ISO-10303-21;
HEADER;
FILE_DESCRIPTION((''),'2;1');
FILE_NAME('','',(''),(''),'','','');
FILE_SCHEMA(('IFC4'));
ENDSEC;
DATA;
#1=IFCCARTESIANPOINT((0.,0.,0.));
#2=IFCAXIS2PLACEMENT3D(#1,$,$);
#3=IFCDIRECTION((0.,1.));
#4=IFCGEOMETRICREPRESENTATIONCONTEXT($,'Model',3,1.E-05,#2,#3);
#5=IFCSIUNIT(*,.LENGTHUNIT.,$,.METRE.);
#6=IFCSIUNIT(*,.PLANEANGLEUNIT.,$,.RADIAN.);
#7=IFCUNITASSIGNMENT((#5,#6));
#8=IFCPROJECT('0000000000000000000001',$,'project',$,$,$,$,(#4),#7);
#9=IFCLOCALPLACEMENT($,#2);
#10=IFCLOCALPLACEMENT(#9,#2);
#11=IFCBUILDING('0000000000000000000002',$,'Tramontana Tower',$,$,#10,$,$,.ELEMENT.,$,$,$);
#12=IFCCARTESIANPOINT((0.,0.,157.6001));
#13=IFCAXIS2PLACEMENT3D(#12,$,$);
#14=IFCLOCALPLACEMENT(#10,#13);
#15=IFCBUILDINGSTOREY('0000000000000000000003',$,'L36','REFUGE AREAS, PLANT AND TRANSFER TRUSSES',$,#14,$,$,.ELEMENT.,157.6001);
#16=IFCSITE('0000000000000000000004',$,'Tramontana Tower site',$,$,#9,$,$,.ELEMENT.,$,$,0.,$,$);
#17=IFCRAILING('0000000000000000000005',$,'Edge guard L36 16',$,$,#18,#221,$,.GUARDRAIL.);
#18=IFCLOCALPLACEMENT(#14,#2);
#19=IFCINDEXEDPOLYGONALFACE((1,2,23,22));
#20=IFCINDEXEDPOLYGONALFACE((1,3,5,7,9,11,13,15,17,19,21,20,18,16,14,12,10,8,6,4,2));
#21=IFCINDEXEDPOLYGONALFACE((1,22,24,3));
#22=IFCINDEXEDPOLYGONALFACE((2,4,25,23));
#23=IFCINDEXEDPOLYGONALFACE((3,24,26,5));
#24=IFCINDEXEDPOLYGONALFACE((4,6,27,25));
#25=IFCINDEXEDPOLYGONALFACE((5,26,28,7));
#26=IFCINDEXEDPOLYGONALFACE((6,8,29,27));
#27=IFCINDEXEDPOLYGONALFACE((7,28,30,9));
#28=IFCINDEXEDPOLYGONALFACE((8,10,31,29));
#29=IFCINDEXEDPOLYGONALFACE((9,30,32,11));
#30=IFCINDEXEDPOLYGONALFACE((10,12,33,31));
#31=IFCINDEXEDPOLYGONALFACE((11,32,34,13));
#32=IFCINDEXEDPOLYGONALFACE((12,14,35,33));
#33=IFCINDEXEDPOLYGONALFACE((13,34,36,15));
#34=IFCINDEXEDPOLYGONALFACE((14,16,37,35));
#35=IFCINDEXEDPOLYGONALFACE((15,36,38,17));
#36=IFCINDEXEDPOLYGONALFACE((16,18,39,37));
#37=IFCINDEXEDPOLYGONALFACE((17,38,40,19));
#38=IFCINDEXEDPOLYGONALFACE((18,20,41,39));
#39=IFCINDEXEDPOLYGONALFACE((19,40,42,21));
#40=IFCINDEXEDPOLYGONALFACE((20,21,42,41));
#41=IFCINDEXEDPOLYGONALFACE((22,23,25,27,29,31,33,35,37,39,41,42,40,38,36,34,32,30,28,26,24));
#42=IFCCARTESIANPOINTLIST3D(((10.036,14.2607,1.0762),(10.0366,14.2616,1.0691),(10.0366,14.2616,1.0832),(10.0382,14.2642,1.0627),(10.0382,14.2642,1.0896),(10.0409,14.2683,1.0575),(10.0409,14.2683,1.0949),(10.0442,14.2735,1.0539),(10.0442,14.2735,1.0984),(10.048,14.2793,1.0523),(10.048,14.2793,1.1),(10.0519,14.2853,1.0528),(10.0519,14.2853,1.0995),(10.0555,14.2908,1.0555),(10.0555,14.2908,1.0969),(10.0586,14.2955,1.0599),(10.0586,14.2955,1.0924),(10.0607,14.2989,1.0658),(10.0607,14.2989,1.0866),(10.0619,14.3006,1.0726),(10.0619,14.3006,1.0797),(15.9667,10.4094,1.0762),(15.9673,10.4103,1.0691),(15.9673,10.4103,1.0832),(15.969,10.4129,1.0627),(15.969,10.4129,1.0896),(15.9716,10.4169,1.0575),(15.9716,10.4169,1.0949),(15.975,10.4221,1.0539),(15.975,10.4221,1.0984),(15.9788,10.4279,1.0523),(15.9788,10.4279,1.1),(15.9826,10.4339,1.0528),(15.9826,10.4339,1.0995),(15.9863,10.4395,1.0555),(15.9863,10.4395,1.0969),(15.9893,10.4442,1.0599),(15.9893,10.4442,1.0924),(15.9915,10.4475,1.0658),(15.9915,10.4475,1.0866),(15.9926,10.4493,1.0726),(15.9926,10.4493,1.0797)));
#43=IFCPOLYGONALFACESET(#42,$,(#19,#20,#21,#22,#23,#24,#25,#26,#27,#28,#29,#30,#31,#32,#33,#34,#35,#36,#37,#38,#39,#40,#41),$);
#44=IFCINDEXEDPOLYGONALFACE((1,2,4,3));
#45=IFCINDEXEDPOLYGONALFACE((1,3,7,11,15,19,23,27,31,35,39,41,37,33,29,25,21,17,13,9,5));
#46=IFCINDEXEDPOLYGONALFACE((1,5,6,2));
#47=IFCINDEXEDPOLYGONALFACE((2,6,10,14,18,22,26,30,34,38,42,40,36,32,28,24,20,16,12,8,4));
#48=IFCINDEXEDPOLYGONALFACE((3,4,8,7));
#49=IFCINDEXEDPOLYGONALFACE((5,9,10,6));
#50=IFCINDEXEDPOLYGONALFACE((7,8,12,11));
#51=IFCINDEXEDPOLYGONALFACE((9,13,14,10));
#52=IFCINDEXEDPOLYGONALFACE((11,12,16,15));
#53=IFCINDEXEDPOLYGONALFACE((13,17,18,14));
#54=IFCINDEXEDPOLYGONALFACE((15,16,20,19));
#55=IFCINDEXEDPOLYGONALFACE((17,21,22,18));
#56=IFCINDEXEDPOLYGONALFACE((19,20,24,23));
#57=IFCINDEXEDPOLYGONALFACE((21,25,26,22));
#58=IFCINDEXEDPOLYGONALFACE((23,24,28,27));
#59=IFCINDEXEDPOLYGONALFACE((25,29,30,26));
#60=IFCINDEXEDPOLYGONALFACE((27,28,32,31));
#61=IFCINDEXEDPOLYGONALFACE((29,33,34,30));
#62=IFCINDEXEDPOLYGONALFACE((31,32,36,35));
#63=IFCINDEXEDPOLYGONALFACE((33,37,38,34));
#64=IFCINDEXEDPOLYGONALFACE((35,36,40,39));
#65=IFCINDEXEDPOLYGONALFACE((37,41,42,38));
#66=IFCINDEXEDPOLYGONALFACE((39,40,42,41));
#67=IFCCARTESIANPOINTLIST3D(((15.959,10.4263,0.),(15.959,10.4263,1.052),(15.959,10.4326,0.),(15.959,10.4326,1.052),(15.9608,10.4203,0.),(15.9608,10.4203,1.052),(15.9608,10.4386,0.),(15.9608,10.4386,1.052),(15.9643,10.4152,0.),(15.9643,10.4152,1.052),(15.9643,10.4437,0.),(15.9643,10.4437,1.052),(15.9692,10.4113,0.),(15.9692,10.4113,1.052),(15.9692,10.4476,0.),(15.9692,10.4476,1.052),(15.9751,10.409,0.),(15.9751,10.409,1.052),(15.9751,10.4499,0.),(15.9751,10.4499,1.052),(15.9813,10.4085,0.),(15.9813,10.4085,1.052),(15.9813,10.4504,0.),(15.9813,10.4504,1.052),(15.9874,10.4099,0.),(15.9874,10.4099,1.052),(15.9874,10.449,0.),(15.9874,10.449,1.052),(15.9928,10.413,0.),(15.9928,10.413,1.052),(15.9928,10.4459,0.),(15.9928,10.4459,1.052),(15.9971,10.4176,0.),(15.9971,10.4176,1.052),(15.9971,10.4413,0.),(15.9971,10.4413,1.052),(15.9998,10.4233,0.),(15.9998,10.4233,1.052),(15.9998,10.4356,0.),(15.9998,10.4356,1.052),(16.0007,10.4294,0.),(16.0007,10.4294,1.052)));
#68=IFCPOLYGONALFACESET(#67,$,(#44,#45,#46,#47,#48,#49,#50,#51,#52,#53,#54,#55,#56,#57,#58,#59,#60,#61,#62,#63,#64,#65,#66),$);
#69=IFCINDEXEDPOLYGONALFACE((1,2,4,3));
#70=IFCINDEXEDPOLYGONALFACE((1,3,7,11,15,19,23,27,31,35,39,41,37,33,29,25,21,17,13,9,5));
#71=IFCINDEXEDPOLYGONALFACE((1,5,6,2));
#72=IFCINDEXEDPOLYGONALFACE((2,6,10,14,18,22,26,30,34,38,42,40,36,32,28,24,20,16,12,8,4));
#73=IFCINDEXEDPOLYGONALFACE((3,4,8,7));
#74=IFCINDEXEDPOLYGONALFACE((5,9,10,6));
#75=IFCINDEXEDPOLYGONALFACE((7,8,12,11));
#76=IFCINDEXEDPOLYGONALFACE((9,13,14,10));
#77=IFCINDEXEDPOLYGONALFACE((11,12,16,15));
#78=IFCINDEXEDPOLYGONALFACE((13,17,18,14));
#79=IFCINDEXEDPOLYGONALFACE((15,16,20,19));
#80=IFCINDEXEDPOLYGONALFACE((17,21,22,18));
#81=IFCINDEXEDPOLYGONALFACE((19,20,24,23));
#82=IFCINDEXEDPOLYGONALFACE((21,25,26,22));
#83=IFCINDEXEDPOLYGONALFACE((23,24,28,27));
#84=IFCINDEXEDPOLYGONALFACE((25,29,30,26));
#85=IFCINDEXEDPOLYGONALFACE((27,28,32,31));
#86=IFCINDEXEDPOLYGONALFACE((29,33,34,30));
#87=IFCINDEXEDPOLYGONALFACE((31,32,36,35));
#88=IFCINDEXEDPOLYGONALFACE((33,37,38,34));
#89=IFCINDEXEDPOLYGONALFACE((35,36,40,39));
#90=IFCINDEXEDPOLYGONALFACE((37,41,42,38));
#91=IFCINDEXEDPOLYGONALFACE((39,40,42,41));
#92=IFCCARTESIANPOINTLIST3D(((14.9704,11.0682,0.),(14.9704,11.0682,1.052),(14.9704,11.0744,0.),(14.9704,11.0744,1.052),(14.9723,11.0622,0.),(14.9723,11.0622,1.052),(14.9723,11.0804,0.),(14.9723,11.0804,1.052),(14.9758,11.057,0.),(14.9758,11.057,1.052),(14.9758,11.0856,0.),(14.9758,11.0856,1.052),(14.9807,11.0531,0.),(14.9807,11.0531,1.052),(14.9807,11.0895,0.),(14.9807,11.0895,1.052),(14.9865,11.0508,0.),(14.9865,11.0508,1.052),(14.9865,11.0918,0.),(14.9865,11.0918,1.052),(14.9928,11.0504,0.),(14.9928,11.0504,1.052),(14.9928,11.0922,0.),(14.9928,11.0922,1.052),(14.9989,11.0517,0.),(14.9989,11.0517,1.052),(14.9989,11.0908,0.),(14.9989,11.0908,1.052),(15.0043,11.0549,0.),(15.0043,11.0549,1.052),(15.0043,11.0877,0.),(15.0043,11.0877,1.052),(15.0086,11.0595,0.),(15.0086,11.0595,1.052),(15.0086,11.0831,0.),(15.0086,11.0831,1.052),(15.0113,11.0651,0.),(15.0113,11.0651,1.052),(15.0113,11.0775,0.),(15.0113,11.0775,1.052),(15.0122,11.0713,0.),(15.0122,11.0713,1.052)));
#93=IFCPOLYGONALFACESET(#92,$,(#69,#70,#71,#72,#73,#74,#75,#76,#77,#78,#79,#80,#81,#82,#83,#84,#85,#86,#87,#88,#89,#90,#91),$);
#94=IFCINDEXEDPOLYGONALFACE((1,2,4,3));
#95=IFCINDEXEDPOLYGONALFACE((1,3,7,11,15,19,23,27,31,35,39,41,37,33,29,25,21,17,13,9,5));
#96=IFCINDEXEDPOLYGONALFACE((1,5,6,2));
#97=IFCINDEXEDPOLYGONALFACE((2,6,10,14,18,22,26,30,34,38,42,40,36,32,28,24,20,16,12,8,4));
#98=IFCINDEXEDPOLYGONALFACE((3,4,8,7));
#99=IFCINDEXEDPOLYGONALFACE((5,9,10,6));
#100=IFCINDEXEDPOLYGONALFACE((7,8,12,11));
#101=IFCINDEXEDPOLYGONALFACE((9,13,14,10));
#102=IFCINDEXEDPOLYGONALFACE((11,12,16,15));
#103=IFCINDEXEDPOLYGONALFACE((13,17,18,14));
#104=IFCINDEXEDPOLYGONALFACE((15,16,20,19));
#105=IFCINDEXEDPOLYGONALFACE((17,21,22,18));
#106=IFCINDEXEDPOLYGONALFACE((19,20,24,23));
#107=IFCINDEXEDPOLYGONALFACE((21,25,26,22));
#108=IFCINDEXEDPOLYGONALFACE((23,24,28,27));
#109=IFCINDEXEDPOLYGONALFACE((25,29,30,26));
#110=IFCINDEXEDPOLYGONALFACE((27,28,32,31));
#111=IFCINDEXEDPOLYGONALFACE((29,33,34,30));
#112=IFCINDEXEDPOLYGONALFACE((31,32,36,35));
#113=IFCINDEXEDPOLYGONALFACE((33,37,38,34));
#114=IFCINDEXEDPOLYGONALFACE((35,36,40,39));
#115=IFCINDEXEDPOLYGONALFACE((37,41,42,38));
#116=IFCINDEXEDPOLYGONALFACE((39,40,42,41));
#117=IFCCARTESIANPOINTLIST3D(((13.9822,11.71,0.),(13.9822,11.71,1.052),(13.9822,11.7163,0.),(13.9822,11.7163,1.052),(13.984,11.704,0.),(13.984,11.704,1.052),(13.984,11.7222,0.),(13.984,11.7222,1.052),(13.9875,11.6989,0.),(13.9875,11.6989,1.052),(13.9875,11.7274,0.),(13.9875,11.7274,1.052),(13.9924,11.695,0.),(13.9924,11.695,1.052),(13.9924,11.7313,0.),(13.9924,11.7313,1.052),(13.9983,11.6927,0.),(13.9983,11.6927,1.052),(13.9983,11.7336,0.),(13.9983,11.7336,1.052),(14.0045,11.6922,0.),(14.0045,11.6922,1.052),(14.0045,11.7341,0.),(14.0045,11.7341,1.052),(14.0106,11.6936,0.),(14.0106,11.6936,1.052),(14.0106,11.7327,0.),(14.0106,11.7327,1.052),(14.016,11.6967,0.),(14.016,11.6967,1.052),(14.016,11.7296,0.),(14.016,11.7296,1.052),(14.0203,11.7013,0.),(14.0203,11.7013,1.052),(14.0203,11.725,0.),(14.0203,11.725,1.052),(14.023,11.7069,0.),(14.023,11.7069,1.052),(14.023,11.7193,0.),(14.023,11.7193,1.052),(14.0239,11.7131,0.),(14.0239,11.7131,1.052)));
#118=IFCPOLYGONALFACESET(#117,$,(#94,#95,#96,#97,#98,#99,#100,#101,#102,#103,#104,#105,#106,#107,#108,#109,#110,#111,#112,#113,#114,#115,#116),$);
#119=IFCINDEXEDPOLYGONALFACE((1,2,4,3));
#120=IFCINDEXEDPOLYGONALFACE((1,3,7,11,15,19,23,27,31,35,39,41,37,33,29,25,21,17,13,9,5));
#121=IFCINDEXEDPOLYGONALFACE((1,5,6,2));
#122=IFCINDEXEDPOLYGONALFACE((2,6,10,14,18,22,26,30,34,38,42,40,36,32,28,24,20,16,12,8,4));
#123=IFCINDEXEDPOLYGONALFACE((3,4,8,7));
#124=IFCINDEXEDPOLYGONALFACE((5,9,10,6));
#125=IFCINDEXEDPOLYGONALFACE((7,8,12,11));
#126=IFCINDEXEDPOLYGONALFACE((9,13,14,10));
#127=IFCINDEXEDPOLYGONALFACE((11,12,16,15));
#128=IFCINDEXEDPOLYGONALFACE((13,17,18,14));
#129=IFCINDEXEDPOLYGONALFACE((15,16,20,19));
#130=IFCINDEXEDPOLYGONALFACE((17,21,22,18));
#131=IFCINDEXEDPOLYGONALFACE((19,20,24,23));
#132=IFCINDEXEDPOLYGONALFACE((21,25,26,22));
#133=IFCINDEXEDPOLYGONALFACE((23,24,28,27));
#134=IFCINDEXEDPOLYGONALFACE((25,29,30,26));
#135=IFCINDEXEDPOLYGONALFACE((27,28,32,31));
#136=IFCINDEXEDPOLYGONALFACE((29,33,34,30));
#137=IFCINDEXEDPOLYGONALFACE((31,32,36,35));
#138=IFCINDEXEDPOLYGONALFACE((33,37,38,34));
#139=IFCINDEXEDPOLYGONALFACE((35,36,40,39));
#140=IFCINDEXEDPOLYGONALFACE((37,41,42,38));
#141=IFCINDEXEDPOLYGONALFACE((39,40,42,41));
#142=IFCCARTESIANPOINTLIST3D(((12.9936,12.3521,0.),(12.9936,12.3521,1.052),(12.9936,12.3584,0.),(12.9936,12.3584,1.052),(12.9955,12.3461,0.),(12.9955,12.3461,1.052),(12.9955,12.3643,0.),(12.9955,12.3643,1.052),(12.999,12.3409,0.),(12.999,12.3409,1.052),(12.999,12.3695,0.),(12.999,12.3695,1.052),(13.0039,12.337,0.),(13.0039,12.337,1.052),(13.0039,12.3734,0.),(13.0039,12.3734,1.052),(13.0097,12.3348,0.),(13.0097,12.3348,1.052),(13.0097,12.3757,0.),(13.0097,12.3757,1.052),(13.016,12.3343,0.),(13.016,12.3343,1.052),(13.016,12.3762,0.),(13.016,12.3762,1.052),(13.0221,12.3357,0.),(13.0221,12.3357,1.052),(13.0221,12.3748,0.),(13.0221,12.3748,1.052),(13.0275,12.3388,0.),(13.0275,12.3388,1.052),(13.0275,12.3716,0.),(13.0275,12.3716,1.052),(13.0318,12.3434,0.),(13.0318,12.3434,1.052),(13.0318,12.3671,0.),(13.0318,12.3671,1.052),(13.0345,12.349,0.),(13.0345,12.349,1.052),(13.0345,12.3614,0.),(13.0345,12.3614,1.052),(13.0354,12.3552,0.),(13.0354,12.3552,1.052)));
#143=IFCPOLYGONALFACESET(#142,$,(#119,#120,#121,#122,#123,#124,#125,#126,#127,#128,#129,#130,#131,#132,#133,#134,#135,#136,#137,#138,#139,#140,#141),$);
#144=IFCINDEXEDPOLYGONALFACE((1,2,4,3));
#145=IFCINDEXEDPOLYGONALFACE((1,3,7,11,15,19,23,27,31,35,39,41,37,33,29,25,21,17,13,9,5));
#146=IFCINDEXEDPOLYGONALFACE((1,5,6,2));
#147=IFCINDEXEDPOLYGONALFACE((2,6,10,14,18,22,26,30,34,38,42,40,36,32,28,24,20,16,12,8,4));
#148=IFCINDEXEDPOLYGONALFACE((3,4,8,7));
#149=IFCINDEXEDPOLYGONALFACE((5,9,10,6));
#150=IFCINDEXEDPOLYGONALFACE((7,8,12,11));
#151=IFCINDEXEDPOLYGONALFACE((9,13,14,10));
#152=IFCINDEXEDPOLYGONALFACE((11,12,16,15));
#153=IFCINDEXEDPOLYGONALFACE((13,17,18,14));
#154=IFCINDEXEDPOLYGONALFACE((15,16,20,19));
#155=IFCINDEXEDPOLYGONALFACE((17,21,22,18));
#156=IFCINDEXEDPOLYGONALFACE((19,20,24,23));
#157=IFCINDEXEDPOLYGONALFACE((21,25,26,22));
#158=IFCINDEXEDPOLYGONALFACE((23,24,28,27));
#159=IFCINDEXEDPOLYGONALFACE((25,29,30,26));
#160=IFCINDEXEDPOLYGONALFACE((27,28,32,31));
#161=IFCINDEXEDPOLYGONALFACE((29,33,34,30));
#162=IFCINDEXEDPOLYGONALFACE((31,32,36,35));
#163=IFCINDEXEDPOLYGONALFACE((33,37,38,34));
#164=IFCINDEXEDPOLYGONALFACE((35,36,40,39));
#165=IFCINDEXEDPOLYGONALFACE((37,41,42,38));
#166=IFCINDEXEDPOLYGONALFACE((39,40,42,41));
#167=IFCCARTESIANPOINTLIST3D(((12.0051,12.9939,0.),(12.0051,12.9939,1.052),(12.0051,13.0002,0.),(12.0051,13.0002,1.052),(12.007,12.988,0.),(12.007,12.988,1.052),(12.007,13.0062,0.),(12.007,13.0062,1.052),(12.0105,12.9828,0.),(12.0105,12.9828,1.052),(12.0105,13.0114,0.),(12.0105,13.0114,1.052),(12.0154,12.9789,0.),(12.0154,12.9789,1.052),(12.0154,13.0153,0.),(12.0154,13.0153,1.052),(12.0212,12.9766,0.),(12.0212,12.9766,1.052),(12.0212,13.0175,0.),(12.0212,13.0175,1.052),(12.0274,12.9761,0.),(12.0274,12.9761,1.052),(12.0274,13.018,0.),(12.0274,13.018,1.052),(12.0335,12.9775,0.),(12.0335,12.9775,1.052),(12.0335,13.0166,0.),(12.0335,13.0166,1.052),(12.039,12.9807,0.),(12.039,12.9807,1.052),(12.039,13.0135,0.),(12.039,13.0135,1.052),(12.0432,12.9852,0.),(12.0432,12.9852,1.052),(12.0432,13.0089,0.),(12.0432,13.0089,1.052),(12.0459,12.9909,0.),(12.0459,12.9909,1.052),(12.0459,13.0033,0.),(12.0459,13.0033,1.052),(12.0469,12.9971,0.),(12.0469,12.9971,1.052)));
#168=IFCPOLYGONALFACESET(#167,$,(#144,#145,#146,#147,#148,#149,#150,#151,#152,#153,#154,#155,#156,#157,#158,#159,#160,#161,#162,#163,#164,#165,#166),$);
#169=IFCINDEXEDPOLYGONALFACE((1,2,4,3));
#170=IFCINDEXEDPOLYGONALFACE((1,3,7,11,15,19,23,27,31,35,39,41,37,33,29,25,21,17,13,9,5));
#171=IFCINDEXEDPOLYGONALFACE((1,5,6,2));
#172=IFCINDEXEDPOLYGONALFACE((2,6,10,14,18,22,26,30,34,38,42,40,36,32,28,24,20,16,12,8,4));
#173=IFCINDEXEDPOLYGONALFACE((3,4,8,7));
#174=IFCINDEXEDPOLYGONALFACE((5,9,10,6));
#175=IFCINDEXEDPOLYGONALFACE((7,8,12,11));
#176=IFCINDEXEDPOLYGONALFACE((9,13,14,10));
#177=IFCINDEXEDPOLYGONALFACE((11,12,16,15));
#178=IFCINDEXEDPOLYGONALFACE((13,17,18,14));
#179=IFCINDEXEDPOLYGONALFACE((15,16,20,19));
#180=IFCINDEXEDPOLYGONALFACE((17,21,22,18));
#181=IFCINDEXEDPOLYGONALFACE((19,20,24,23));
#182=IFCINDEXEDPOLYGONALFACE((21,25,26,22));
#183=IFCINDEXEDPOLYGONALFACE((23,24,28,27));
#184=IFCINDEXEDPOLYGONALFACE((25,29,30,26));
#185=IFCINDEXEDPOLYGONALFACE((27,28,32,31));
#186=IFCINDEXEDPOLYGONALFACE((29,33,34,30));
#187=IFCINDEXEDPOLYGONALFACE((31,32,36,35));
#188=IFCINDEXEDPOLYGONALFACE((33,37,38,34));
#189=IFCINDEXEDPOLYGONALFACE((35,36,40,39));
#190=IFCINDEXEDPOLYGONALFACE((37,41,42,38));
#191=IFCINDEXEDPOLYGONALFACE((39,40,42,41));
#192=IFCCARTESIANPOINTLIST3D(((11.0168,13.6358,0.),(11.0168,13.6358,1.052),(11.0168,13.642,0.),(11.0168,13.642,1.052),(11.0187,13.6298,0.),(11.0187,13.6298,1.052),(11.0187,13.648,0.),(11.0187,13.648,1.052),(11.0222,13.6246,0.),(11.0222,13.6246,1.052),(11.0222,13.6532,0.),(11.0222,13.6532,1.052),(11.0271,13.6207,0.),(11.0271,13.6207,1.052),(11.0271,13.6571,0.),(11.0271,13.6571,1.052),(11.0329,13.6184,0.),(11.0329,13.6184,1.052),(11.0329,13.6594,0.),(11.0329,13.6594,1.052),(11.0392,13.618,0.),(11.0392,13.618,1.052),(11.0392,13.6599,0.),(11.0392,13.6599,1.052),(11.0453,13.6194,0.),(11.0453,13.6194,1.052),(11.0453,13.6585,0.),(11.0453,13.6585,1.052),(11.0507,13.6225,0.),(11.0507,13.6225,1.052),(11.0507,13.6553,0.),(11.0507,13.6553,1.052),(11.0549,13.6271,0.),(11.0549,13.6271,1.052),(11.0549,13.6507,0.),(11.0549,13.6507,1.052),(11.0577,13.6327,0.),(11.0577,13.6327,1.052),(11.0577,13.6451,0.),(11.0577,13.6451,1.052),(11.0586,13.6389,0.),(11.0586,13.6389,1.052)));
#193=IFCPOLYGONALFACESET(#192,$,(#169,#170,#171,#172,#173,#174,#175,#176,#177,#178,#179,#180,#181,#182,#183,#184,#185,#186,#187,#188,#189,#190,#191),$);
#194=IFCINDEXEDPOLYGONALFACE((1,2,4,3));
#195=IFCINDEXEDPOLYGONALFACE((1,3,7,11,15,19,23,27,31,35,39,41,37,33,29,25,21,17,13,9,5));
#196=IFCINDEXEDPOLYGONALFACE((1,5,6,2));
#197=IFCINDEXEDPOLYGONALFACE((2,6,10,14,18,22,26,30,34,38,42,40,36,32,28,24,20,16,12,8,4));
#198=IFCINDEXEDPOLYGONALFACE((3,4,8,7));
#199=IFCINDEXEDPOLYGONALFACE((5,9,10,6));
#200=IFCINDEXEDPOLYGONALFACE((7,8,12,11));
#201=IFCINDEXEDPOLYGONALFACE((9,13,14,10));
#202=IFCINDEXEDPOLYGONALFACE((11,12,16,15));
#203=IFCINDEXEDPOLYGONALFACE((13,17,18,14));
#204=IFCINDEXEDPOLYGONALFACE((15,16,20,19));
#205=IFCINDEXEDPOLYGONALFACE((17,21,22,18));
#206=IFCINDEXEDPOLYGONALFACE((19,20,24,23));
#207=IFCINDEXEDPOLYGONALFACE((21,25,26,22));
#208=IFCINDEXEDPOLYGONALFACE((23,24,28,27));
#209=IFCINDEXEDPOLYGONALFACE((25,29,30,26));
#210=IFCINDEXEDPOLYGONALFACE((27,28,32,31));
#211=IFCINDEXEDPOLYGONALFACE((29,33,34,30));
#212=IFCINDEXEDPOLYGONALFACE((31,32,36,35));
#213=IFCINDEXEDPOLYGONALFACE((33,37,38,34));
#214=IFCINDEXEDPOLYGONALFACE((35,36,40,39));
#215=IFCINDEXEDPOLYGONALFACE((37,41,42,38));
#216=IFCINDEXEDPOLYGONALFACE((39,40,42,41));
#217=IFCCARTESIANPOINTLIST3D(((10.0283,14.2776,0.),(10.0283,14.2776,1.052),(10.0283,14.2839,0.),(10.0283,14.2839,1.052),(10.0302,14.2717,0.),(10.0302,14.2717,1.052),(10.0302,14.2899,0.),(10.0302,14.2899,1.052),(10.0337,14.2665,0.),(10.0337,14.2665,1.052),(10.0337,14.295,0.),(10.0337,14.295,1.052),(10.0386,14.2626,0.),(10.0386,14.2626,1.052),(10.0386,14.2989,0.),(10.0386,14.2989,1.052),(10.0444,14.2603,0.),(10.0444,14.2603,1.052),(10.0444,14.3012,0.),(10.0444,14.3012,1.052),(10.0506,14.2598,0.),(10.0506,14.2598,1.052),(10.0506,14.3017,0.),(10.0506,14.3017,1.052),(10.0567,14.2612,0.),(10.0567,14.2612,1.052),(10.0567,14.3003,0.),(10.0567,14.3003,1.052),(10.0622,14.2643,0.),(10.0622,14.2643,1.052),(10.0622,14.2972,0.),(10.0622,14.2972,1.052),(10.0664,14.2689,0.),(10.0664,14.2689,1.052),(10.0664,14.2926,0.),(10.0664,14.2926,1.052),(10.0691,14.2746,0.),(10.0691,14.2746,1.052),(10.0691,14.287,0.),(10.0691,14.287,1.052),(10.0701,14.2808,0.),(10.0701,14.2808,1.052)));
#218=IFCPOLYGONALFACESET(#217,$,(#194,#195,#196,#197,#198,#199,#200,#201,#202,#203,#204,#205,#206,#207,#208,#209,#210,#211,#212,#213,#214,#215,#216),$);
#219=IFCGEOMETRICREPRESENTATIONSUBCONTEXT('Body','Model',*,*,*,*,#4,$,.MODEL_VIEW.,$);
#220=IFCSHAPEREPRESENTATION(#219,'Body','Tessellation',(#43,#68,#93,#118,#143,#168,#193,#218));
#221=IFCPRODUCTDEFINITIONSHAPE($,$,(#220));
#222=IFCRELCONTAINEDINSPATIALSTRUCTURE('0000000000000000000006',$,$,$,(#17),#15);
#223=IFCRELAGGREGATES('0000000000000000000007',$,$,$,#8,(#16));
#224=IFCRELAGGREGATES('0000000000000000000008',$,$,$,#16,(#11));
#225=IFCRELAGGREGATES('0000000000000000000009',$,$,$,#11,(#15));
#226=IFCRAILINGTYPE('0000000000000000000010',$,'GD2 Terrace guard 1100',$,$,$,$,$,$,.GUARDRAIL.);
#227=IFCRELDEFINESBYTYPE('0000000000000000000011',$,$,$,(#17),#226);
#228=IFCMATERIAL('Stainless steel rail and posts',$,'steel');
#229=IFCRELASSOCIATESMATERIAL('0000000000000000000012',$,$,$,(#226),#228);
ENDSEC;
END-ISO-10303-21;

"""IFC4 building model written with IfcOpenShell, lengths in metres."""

from ifc_helpers import new_model, si_unit, direction, frame, origin, origin_2d, place, context, subcontext, project, spatial, circle, extrude, material, type_object, element, save


model = new_model("IFC4")

# Units and contexts
model_context = context("Model", 3, precision=1e-05, world=origin(), true_north=direction((0.0, 1.0)))
body_context = subcontext(model_context, "Body", "Model", "MODEL_VIEW")
ifc_project = project(units=[si_unit("LENGTHUNIT", "METRE"), si_unit("PLANEANGLEUNIT", "RADIAN")], contexts=[model_context])

# Site, building, storey
site_placement = place(None, origin())
site = spatial("IfcSite", under=ifc_project, at=site_placement, Name="Tramontana Tower site", CompositionType="ELEMENT", RefElevation=0.0)
building_placement = place(site_placement, origin())
building = spatial("IfcBuilding", under=site, at=building_placement, Name="Tramontana Tower", CompositionType="ELEMENT")
storey_placement = place(building_placement, frame((0.0, 0.0, 157.6001)))
storey = spatial("IfcBuildingStorey", under=building, at=storey_placement, Name="L36", Description="REFUGE AREAS, PLANT AND TRANSFER TRUSSES", CompositionType="ELEMENT", Elevation=157.6001)

# Railing
ifc_material_1 = material(Name="Stainless steel rail and posts", Category="steel")
railing_type = type_object("IfcRailingType", Name="GD2 Terrace guard 1100", PredefinedType="GUARDRAIL", material=ifc_material_1)
railing_placement = place(storey_placement, frame((15.9797, 10.4294, 0.0)))
element("IfcRailing", 1, at=railing_placement, inside=storey, type_object=railing_type, Name="Edge guard L36 16", PredefinedType="GUARDRAIL", context=body_context, shape_type="SweptSolid", body=[
    extrude(circle(Radius=0.0239, at=origin_2d()), frame((0.0, 0.0, 1.0762), z_axis=(-0.838677, 0.544629, 0.0), x_axis=(-0.544629, -0.838677, 0.0)), (0.0, 0.0, 1.0), 7.0715),
    extrude(circle(Radius=0.021, at=origin_2d()), origin(), (0.0, 0.0, 1.0), 1.052),
    extrude(circle(Radius=0.021, at=origin_2d()), frame((-0.9885, 0.6418, 0.0)), (0.0, 0.0, 1.0), 1.052),
    extrude(circle(Radius=0.021, at=origin_2d()), frame((-1.9768, 1.2837, 0.0)), (0.0, 0.0, 1.0), 1.052),
    extrude(circle(Radius=0.021, at=origin_2d()), frame((-2.9653, 1.9258, 0.0)), (0.0, 0.0, 1.0), 1.052),
    extrude(circle(Radius=0.021, at=origin_2d()), frame((-3.9539, 2.5676, 0.0)), (0.0, 0.0, 1.0), 1.052),
    extrude(circle(Radius=0.021, at=origin_2d()), frame((-4.9421, 3.2095, 0.0)), (0.0, 0.0, 1.0), 1.052),
    extrude(circle(Radius=0.021, at=origin_2d()), frame((-5.9307, 3.8513, 0.0)), (0.0, 0.0, 1.0), 1.052),
])

save(model, "model.ifc")
